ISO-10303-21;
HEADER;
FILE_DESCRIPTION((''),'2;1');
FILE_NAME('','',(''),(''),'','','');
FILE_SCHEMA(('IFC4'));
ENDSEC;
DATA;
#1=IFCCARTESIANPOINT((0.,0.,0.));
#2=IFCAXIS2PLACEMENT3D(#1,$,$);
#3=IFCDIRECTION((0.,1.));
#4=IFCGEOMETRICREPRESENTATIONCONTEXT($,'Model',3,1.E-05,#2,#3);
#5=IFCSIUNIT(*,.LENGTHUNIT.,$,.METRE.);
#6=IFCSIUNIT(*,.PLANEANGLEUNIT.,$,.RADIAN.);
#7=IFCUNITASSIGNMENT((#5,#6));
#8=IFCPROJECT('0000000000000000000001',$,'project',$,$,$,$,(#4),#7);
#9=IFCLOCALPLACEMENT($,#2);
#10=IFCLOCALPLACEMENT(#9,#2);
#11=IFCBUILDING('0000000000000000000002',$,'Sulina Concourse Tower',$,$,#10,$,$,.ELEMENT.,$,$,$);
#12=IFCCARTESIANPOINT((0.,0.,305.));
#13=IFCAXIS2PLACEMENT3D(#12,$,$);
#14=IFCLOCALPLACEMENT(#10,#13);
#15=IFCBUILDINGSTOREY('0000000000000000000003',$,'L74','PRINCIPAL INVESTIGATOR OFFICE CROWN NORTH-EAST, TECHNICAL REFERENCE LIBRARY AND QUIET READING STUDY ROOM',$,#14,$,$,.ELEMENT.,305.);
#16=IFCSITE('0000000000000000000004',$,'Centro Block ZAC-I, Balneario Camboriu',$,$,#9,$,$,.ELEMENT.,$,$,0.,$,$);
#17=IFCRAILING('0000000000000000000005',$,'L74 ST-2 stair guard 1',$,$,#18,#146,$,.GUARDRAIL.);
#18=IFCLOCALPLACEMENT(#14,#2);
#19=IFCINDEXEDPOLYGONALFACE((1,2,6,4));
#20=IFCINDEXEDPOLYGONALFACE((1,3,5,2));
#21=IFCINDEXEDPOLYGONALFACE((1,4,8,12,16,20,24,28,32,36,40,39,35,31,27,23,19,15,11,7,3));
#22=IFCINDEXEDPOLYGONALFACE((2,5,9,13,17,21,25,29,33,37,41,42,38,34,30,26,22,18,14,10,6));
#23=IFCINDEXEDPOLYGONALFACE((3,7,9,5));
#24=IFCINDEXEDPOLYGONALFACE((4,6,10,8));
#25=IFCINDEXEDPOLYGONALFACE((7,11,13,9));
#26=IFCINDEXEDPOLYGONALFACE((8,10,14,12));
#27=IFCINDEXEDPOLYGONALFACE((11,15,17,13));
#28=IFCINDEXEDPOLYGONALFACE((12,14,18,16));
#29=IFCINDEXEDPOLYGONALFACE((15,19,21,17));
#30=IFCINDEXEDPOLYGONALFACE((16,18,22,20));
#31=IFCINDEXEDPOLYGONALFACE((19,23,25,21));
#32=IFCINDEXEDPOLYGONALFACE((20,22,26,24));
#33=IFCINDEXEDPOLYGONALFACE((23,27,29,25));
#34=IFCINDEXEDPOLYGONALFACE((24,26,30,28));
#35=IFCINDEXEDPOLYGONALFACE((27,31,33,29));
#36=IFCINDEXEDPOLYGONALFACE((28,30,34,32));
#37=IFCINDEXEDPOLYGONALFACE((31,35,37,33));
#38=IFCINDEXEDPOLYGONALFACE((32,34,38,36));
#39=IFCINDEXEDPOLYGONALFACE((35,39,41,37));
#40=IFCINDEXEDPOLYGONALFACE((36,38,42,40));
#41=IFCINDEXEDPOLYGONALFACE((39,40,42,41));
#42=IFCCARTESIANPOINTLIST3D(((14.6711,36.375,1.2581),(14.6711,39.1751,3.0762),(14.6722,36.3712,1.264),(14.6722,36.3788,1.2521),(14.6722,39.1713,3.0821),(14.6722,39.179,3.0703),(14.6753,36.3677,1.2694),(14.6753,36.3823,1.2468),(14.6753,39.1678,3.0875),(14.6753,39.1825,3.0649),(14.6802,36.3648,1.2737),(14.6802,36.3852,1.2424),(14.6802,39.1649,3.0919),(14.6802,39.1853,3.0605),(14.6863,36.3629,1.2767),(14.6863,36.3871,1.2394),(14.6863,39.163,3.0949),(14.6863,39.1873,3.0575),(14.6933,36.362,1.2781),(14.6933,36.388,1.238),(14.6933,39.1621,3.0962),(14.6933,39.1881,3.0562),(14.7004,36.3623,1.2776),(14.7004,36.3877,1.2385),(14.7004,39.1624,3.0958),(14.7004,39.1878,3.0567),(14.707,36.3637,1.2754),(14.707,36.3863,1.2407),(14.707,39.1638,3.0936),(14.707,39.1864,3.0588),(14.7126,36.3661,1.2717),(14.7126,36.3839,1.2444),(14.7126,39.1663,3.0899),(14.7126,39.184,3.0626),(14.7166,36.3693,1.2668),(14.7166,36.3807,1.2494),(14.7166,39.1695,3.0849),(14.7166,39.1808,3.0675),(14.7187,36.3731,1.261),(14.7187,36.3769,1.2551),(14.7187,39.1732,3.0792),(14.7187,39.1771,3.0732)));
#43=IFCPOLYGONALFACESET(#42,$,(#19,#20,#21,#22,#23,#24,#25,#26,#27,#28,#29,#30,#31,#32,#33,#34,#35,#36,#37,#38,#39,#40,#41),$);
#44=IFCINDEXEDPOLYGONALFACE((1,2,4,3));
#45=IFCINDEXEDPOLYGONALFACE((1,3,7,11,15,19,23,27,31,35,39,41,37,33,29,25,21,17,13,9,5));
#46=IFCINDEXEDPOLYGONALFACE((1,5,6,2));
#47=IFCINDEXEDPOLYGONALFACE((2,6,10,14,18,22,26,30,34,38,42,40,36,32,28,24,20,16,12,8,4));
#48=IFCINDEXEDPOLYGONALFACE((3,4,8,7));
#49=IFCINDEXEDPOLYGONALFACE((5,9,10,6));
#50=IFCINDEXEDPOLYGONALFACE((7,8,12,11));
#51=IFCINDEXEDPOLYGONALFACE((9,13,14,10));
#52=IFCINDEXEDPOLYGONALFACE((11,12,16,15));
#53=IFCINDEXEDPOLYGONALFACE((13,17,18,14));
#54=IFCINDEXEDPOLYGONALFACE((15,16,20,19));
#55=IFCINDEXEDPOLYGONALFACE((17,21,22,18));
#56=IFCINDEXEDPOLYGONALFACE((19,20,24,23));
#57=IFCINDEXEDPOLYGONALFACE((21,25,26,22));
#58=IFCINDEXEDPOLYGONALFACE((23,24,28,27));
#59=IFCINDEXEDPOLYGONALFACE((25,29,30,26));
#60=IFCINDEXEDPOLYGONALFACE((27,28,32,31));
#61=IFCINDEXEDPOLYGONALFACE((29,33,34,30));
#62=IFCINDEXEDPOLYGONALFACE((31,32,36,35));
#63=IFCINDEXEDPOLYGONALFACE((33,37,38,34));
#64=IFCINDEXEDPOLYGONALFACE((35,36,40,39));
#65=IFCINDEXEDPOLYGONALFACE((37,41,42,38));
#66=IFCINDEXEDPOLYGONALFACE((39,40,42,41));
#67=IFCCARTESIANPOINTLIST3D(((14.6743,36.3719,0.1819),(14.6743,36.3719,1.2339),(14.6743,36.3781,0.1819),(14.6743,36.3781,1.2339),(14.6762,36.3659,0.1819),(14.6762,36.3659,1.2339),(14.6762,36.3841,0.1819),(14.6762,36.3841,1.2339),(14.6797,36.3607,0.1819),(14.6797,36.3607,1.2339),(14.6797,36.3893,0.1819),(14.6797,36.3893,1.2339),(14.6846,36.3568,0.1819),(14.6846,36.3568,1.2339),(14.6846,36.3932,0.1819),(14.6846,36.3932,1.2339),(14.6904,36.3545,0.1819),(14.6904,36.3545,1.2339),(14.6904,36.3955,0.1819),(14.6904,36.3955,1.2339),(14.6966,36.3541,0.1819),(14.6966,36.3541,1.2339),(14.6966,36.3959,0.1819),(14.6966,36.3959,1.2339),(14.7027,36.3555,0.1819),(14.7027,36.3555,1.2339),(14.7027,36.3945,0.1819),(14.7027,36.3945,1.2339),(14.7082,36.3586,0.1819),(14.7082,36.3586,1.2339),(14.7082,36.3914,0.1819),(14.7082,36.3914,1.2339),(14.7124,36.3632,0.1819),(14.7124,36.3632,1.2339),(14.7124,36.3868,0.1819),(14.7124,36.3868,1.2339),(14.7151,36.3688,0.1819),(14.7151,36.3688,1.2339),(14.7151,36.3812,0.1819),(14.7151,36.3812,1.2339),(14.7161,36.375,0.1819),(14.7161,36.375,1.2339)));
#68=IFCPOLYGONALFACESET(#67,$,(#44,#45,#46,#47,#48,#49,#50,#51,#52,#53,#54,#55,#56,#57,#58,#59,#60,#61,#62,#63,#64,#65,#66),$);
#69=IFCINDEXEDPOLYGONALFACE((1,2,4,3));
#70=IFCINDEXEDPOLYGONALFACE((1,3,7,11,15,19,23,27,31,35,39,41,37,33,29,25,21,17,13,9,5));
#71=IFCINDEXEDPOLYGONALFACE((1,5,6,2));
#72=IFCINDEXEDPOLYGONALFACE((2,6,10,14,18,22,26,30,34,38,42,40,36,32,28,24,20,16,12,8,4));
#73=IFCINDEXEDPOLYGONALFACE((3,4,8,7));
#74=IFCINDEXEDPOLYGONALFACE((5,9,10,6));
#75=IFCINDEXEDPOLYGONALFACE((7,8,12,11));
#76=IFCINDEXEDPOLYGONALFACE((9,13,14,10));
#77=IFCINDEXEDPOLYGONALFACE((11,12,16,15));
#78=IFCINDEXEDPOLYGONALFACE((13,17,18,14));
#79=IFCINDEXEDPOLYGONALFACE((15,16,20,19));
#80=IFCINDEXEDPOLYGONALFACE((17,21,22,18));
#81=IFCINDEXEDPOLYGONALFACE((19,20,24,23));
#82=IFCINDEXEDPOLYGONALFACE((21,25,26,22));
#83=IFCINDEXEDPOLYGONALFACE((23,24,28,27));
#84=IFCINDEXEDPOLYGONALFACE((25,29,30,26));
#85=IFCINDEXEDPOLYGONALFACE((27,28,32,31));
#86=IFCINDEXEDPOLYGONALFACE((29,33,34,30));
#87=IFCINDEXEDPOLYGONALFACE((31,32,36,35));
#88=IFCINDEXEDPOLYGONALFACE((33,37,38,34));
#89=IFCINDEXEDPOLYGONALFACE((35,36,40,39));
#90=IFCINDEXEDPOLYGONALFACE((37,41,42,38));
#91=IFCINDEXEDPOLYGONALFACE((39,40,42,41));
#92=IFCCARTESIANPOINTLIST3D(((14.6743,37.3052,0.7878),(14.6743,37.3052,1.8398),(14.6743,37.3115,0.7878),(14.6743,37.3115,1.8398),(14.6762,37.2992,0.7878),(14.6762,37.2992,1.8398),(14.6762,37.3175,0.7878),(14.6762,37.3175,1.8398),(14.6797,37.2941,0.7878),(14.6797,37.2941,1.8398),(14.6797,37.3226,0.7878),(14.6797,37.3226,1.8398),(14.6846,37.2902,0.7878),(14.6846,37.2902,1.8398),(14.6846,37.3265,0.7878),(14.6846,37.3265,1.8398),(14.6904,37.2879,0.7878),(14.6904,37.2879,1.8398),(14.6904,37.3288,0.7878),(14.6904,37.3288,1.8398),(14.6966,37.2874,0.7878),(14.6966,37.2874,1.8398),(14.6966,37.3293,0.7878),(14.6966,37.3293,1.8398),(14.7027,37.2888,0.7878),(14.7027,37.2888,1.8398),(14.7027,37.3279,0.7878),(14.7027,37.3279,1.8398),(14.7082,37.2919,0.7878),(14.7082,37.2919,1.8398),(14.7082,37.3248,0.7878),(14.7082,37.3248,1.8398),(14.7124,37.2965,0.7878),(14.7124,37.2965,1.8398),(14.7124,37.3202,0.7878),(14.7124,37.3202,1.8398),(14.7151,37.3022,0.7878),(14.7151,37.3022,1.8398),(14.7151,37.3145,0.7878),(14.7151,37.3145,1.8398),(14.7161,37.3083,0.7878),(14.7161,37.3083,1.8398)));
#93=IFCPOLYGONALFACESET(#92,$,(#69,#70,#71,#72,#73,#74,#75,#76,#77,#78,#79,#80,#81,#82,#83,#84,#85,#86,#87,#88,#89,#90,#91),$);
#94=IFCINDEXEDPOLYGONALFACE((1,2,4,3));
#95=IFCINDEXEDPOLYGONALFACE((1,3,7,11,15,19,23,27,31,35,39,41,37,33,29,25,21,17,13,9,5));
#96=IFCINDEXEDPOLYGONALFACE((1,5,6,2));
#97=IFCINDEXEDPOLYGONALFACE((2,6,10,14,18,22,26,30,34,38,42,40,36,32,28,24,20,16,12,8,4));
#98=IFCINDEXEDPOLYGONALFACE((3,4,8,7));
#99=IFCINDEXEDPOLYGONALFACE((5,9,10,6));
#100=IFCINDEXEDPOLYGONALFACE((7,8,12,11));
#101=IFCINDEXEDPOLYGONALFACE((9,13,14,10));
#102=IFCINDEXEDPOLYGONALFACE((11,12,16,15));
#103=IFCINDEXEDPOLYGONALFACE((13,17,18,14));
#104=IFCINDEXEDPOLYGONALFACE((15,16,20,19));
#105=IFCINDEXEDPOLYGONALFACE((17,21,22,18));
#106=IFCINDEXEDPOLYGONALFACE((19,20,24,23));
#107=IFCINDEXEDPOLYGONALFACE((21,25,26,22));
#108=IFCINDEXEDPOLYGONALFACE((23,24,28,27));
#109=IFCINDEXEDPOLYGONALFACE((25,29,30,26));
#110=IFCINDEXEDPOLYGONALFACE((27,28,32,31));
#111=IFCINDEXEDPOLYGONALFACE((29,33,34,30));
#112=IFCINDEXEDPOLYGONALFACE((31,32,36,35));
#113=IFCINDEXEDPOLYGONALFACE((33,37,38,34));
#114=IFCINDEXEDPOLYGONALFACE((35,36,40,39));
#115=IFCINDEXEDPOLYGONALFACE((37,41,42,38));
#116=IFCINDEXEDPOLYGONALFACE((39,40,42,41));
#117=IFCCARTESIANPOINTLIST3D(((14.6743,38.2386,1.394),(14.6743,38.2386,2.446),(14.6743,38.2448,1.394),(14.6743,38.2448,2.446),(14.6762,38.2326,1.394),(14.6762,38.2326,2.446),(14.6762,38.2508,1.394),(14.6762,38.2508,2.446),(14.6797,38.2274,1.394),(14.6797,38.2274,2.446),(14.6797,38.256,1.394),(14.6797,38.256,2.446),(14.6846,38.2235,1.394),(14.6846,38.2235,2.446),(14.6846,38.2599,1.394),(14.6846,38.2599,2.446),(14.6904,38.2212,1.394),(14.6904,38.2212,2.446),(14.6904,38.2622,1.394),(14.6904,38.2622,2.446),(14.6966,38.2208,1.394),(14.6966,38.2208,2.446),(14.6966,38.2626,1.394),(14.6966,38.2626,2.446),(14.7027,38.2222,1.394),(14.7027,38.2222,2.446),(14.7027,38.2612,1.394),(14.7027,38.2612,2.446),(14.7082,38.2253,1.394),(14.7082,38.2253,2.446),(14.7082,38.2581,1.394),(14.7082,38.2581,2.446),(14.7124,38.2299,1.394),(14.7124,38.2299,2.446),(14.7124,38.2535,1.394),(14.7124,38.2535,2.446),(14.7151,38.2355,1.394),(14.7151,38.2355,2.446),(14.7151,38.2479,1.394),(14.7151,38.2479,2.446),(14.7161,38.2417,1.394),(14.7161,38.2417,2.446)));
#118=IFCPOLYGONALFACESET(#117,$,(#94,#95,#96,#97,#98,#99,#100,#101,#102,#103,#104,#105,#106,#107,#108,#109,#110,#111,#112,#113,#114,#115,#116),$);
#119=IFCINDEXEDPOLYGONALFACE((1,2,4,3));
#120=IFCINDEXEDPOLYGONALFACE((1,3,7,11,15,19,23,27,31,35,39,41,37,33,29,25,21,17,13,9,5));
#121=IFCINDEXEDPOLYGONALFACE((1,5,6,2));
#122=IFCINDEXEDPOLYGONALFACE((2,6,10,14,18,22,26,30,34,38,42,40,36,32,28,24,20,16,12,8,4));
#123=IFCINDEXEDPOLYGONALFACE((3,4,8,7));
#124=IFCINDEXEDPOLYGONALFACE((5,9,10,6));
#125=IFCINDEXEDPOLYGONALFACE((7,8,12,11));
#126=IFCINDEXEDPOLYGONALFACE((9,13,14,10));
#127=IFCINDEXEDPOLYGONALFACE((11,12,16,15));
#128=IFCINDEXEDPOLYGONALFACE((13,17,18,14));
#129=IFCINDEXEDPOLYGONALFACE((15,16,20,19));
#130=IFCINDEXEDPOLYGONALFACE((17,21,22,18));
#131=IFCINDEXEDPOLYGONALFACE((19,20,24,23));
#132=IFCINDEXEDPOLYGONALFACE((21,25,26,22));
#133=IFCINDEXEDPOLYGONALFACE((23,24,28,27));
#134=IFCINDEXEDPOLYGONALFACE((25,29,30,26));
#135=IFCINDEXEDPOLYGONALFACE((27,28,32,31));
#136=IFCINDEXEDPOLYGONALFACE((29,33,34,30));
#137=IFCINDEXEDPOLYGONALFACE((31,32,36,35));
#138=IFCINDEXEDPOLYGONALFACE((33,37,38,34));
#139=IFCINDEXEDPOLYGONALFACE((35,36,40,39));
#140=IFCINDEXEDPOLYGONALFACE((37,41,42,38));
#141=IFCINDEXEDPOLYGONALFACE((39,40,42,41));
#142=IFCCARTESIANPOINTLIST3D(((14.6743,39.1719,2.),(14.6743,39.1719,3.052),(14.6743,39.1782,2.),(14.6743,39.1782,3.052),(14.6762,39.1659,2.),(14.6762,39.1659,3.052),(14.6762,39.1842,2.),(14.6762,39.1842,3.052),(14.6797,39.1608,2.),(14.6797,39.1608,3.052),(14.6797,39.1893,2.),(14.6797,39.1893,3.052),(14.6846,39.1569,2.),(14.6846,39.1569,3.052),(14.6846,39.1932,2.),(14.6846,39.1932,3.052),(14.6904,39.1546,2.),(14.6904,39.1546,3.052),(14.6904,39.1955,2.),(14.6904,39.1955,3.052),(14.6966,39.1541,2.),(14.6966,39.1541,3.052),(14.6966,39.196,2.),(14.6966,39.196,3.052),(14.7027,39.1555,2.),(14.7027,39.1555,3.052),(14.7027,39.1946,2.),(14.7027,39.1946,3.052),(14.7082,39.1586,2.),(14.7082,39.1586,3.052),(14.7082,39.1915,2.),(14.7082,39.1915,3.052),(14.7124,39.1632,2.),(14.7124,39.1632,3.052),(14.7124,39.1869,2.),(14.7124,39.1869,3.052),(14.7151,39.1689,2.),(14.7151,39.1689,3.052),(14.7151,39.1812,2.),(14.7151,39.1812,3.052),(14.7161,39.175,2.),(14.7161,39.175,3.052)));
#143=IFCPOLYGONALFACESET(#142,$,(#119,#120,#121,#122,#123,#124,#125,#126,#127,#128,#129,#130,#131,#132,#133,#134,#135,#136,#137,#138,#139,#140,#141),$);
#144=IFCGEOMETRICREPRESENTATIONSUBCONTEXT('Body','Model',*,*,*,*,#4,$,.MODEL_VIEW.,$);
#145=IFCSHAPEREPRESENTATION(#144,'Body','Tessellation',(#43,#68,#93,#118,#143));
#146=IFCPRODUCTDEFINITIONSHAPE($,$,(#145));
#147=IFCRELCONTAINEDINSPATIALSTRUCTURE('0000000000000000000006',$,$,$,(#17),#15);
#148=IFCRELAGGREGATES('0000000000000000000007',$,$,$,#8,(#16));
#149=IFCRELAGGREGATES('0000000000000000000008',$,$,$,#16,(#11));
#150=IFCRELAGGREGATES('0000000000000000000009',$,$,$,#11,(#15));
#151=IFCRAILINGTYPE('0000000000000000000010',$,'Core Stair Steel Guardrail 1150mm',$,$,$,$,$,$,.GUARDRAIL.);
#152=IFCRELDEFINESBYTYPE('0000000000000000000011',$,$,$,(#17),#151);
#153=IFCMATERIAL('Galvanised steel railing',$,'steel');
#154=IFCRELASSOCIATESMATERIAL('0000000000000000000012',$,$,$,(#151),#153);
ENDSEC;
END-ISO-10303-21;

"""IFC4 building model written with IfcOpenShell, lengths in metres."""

from ifc_helpers import new_model, si_unit, direction, frame, origin, origin_2d, place, context, subcontext, project, spatial, circle, extrude, material, type_object, element, save


model = new_model("IFC4")

# Units and contexts
model_context = context("Model", 3, precision=1e-05, world=origin(), true_north=direction((0.0, 1.0)))
body_context = subcontext(model_context, "Body", "Model", "MODEL_VIEW")
ifc_project = project(units=[si_unit("LENGTHUNIT", "METRE"), si_unit("PLANEANGLEUNIT", "RADIAN")], contexts=[model_context])

# Site, building, storey
site_placement = place(None, origin())
site = spatial("IfcSite", under=ifc_project, at=site_placement, Name="Centro Block ZAC-I, Balneario Camboriu", CompositionType="ELEMENT", RefElevation=0.0)
building_placement = place(site_placement, origin())
building = spatial("IfcBuilding", under=site, at=building_placement, Name="Sulina Concourse Tower", CompositionType="ELEMENT")
storey_placement = place(building_placement, frame((0.0, 0.0, 305.0)))
storey = spatial("IfcBuildingStorey", under=building, at=storey_placement, Name="L74", Description="PRINCIPAL INVESTIGATOR OFFICE CROWN NORTH-EAST, TECHNICAL REFERENCE LIBRARY AND QUIET READING STUDY ROOM", CompositionType="ELEMENT", Elevation=305.0)

# Railing
ifc_material_1 = material(Name="Galvanised steel railing", Category="steel")
railing_type = type_object("IfcRailingType", Name="Core Stair Steel Guardrail 1150mm", PredefinedType="GUARDRAIL", material=ifc_material_1)
railing_1_placement = place(storey_placement, frame((14.6951, 36.375, 0.1819)))
element("IfcRailing", 1, at=railing_1_placement, inside=storey, type_object=railing_type, Name="L74 ST-2 stair guard 1", PredefinedType="GUARDRAIL", context=body_context, shape_type="SweptSolid", body=[
    extrude(circle(Radius=0.0239, at=origin_2d()), frame((0.0, 0.0, 1.0762), z_axis=(0.0, 0.838706, 0.544585), x_axis=(-1.0, 0.0, 0.0)), (0.0, 0.0, 1.0), 3.3386),
    extrude(circle(Radius=0.021, at=origin_2d()), origin(), (0.0, 0.0, 1.0), 1.052),
    extrude(circle(Radius=0.021, at=origin_2d()), frame((0.0, 0.9333, 0.606)), (0.0, 0.0, 1.0), 1.052),
    extrude(circle(Radius=0.021, at=origin_2d()), frame((0.0, 1.8667, 1.2122)), (0.0, 0.0, 1.0), 1.052),
    extrude(circle(Radius=0.021, at=origin_2d()), frame((0.0, 2.8, 1.8181)), (0.0, 0.0, 1.0), 1.052),
])

save(model, "model.ifc")
